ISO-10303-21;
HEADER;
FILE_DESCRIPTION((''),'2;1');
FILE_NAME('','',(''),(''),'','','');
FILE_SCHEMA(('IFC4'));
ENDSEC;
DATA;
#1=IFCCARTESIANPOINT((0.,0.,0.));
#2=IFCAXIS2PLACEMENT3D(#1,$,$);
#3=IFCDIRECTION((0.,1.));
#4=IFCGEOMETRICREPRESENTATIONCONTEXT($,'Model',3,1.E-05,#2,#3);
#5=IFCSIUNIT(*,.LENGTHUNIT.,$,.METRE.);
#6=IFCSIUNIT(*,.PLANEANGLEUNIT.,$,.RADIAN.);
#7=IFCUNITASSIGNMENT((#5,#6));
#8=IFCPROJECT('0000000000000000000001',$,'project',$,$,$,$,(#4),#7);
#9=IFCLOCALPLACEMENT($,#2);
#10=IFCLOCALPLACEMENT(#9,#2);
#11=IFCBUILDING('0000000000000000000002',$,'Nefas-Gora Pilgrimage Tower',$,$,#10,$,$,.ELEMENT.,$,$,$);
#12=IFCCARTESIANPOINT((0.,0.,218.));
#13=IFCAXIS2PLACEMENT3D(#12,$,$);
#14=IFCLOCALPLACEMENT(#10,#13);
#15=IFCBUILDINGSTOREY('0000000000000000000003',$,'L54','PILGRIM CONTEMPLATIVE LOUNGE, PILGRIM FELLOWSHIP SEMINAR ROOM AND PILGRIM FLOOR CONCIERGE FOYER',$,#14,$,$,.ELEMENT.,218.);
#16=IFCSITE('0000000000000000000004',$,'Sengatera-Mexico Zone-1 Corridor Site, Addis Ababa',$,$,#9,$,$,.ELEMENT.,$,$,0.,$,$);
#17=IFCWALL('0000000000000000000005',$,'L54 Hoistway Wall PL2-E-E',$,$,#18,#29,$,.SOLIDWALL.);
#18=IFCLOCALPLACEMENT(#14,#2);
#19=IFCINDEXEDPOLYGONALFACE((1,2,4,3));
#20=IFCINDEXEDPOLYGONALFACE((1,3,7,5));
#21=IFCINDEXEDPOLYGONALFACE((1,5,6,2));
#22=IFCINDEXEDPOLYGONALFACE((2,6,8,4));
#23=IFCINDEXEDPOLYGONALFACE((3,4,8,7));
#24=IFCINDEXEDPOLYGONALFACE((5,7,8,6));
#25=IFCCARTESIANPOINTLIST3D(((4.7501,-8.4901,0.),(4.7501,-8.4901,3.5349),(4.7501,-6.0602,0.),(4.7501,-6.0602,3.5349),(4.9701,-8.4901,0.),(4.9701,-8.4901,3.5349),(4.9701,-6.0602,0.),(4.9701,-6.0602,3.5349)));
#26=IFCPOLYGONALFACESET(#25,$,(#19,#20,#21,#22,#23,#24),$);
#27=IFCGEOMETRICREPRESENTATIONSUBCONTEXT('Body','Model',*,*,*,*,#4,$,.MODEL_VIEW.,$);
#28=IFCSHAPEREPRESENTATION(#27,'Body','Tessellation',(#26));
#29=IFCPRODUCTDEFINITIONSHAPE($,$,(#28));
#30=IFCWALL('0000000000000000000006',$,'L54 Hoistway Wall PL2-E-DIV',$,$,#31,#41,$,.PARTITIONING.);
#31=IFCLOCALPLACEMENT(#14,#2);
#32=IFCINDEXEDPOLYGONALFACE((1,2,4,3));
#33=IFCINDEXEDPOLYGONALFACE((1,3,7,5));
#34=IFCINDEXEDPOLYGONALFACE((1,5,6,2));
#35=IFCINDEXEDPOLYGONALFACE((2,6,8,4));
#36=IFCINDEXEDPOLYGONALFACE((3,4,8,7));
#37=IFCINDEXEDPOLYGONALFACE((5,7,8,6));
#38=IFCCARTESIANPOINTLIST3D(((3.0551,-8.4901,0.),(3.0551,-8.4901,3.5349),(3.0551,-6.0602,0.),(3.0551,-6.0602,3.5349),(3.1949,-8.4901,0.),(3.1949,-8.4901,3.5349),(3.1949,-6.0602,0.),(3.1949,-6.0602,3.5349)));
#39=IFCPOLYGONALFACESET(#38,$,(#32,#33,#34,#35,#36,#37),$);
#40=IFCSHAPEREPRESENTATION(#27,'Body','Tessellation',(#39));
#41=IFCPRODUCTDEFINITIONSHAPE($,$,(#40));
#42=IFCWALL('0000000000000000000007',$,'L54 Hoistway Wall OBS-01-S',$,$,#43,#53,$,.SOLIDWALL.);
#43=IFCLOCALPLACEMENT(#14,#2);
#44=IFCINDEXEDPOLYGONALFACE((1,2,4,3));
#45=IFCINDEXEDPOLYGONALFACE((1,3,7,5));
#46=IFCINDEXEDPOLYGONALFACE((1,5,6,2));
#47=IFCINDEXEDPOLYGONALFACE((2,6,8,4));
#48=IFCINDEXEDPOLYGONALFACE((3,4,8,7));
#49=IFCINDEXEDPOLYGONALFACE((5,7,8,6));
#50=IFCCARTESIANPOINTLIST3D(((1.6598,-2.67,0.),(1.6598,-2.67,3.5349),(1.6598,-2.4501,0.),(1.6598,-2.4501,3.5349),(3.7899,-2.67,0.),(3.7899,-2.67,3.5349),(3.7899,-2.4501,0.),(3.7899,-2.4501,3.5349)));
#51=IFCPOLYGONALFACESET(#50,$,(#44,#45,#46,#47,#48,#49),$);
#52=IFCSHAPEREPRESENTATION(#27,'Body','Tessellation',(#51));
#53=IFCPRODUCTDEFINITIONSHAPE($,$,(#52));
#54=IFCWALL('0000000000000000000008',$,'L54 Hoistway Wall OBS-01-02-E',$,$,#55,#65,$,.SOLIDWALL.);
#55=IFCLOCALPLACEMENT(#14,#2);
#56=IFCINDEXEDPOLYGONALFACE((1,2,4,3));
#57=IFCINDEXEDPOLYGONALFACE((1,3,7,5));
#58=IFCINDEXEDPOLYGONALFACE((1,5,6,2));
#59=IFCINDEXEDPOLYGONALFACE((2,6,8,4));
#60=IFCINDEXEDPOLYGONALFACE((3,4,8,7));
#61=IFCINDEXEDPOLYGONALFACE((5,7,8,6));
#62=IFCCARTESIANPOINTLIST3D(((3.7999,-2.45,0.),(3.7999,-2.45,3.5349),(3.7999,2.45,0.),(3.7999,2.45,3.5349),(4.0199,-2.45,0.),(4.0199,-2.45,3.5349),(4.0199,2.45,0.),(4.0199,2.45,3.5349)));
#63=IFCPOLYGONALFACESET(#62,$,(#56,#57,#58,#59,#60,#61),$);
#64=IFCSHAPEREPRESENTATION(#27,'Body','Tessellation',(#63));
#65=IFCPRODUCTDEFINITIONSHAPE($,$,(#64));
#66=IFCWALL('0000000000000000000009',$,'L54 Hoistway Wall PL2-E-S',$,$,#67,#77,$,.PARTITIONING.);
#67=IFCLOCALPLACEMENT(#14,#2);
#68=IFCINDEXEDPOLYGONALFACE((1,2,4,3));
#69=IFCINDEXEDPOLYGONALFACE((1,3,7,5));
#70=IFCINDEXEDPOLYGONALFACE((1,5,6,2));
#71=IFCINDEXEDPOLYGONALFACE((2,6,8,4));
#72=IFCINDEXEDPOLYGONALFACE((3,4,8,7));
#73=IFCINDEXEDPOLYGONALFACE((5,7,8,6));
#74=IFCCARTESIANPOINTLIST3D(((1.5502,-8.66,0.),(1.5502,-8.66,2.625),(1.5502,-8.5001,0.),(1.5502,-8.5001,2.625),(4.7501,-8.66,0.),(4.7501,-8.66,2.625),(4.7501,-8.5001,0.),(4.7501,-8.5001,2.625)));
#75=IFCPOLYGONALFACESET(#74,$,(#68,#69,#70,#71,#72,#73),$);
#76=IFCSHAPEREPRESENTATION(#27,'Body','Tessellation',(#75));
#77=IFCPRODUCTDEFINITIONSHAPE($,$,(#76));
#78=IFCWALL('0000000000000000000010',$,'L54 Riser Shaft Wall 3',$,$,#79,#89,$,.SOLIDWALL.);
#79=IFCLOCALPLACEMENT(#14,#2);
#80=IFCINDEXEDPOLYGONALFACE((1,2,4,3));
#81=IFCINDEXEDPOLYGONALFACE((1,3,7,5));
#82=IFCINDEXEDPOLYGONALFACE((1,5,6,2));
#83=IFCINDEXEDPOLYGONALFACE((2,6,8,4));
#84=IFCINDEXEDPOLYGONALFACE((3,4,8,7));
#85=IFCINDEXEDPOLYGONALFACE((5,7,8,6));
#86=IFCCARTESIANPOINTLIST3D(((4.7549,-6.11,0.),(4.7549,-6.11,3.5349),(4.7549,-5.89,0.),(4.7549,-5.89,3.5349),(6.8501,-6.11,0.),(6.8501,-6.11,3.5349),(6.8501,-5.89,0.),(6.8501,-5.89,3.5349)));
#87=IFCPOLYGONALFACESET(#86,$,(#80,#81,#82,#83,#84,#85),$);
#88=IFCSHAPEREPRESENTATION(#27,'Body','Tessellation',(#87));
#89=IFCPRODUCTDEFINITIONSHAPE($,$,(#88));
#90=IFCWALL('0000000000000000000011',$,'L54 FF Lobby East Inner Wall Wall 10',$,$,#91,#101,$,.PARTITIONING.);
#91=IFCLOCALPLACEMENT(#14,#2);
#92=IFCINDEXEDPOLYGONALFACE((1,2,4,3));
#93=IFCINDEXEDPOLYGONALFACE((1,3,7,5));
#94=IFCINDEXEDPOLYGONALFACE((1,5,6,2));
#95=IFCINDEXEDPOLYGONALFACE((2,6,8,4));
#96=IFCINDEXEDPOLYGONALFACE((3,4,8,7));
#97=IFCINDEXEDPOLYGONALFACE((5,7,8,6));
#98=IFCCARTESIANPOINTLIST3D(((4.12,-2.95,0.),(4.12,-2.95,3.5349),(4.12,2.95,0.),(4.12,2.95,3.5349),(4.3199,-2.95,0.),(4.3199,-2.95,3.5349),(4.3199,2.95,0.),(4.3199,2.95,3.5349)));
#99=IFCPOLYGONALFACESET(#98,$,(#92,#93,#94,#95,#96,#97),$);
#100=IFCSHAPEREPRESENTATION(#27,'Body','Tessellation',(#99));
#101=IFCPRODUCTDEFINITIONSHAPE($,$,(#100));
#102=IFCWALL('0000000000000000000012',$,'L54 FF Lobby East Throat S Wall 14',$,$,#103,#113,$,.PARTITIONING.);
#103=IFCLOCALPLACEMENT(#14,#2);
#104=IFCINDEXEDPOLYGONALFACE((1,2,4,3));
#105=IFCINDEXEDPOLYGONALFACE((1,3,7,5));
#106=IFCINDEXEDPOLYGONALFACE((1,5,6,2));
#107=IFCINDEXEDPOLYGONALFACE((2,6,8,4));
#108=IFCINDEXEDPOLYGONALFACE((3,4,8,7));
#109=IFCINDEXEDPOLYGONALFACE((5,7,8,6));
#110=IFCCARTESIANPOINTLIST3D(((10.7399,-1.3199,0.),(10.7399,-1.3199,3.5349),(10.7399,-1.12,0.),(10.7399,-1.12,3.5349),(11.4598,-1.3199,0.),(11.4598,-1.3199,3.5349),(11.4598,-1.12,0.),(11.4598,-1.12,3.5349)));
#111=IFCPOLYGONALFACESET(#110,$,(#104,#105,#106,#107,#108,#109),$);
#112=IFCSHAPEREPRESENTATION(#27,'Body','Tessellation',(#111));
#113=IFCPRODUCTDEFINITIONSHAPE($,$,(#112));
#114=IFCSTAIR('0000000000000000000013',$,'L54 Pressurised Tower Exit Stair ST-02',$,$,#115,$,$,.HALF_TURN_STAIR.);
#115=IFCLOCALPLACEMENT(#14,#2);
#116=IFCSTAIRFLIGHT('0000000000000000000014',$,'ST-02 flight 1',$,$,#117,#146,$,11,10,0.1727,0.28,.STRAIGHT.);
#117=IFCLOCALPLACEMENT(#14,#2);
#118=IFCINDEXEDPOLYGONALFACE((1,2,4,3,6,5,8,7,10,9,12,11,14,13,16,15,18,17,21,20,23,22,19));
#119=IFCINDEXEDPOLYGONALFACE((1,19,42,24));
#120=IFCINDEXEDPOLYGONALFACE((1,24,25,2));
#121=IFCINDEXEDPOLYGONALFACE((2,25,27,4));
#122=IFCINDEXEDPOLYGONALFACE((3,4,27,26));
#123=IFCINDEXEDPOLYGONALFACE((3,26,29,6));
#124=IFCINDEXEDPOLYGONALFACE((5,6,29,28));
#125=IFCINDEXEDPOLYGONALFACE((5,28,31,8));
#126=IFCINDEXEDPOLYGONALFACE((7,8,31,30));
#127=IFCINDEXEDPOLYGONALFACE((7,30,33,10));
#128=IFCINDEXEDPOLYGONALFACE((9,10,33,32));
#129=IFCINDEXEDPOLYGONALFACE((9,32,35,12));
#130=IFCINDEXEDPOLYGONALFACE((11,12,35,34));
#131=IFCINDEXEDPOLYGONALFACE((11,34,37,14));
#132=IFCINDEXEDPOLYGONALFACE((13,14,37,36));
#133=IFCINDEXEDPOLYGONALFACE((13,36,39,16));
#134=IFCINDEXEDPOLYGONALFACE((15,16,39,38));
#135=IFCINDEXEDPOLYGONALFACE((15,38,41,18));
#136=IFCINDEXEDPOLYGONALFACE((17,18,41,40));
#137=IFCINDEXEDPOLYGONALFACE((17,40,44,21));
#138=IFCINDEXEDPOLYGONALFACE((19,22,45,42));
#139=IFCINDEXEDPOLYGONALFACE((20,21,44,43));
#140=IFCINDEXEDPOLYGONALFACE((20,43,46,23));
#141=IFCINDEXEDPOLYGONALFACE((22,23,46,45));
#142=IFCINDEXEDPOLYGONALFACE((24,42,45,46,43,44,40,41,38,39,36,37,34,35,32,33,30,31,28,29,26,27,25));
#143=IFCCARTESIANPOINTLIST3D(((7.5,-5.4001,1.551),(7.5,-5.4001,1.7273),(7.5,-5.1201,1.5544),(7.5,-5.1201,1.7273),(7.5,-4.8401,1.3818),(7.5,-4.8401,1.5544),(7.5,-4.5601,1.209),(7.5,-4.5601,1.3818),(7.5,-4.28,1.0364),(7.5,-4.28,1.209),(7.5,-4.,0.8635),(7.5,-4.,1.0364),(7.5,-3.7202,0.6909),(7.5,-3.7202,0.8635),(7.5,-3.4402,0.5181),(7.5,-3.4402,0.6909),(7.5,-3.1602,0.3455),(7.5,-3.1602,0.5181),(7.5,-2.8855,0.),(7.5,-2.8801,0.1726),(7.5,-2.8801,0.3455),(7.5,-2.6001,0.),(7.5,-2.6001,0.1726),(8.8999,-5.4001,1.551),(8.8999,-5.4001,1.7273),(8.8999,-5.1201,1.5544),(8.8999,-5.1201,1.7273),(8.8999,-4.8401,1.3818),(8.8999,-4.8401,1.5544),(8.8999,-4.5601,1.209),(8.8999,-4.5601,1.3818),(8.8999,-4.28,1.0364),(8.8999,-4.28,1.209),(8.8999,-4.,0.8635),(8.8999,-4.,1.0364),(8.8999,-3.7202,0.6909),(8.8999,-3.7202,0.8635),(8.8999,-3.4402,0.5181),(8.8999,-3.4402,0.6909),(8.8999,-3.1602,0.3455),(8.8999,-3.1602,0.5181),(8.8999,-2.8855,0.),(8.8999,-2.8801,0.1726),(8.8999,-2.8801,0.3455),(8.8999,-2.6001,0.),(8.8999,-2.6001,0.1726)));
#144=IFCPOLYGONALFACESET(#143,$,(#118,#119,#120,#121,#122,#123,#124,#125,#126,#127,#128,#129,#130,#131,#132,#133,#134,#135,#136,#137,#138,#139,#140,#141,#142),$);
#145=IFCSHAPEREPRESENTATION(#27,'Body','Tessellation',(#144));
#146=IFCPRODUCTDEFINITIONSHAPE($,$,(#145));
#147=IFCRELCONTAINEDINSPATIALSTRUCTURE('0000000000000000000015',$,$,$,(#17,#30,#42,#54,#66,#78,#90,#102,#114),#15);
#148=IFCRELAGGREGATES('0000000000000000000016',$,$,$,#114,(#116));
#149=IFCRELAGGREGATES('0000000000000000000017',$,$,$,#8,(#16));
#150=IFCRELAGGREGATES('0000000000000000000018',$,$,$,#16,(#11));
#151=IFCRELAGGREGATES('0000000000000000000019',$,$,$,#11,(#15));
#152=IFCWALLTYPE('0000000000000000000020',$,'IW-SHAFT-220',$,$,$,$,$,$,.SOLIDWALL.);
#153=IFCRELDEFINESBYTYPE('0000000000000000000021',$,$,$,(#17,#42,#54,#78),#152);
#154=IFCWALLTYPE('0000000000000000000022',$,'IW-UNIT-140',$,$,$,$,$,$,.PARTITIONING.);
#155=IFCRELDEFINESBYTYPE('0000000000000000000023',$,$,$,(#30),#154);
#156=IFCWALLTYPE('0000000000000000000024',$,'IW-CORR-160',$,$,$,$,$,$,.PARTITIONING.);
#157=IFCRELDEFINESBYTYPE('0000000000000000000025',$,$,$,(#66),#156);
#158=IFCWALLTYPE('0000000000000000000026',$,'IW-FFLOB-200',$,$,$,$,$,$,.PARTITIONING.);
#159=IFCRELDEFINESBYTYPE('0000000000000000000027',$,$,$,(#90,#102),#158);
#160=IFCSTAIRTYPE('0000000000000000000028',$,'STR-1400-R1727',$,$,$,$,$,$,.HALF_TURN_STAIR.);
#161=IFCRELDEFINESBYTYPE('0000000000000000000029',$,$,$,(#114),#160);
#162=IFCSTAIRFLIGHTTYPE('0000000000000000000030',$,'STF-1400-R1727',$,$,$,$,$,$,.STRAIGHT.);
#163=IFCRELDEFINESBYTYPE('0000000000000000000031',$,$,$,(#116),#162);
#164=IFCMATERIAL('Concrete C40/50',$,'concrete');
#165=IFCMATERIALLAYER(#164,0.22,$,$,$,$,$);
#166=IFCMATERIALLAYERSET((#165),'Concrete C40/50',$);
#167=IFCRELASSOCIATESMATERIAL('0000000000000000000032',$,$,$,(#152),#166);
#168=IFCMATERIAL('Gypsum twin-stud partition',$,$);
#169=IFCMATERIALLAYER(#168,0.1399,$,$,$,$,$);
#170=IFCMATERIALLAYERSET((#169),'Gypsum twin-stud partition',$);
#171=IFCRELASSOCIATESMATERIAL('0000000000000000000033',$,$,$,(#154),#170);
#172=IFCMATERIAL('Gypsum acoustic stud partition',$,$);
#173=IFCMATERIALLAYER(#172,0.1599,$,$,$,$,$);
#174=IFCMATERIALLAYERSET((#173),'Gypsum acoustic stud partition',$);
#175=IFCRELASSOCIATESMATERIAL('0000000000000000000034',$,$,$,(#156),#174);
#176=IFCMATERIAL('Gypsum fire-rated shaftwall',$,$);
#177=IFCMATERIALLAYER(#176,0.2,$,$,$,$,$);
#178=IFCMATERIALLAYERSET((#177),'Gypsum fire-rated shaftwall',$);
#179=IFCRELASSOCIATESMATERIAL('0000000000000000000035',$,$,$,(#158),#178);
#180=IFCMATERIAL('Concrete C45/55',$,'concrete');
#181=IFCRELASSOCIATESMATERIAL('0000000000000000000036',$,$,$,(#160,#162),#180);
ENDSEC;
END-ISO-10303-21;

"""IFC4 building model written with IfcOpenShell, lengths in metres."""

from ifc_helpers import new_model, si_unit, direction, frame, frame_2d, origin, place, context, subcontext, project, spatial, polyline, rectangle, outline, extrude, source, transform, mapped, material, layer, layer_set, type_object, element, aggregate, save


model = new_model("IFC4")

# Units and contexts
model_context = context("Model", 3, precision=1e-05, world=origin(), true_north=direction((0.0, 1.0)))
body_context = subcontext(model_context, "Body", "Model", "MODEL_VIEW")
ifc_project = project(units=[si_unit("LENGTHUNIT", "METRE"), si_unit("PLANEANGLEUNIT", "RADIAN")], contexts=[model_context])

# Site, building, storey
site_placement = place(None, origin())
site = spatial("IfcSite", under=ifc_project, at=site_placement, Name="Sengatera-Mexico Zone-1 Corridor Site, Addis Ababa", CompositionType="ELEMENT", RefElevation=0.0)
building_placement = place(site_placement, origin())
building = spatial("IfcBuilding", under=site, at=building_placement, Name="Nefas-Gora Pilgrimage Tower", CompositionType="ELEMENT")
storey_placement = place(building_placement, frame((0.0, 0.0, 218.0)))
storey = spatial("IfcBuildingStorey", under=building, at=storey_placement, Name="L54", Description="PILGRIM CONTEMPLATIVE LOUNGE, PILGRIM FELLOWSHIP SEMINAR ROOM AND PILGRIM FLOOR CONCIERGE FOYER", CompositionType="ELEMENT", Elevation=218.0)

# Shared definitions
ifc_material_1 = material(Name="Concrete C40/50", Category="concrete")

# Shared definitions
ifc_material_2 = material(Name="Concrete C45/55", Category="concrete")

# Shared definitions
ifc_layer_1 = layer(ifc_material_1, 0.22)
ifc_layer_set_1 = layer_set([ifc_layer_1], Name="Concrete C40/50")
wall_type_1 = type_object("IfcWallType", Name="IW-SHAFT-220", PredefinedType="SOLIDWALL", material=ifc_layer_set_1)

# Walls
shared_shape_1 = source(origin(), body_context, "Body", "SweptSolid", [
    extrude(rectangle(XDim=2.4299, YDim=0.22, at=frame_2d((1.2148, 0.0))), origin(), (0.0, 0.0, 1.0), 3.5349),
])
for number, where, z_axis, x_axis, name in (
    (1, (4.8601, -8.49, 0.0), (0.0, 0.0, 1.0), (0.0, 1.0, 0.0), "L54 Hoistway Wall PL2-E-E"),
):
    element("IfcWall", number, at=place(storey_placement, frame(where, z_axis=z_axis, x_axis=x_axis)), inside=storey, type_object=wall_type_1, Name=name, PredefinedType="SOLIDWALL", context=body_context, shape_type="MappedRepresentation", body=[
        mapped(shared_shape_1, transform((0.0, 0.0, 0.0), x_axis=(1.0, 0.0, 0.0), y_axis=(0.0, 1.0, 0.0), z_axis=(0.0, 0.0, 1.0), scale=1.0)),
    ])
ifc_material_3 = material(Name="Gypsum twin-stud partition")
ifc_layer_2 = layer(ifc_material_3, 0.1399)
ifc_layer_set_2 = layer_set([ifc_layer_2], Name="Gypsum twin-stud partition")
wall_type_2 = type_object("IfcWallType", Name="IW-UNIT-140", PredefinedType="PARTITIONING", material=ifc_layer_set_2)
shared_shape_2 = source(origin(), body_context, "Body", "SweptSolid", [
    extrude(rectangle(XDim=2.4299, YDim=0.1399, at=frame_2d((1.2148, 0.0))), origin(), (0.0, 0.0, 1.0), 3.5349),
])
wall_1_placement = place(storey_placement, frame((3.125, -8.49, 0.0), z_axis=(0.0, 0.0, 1.0), x_axis=(0.0, 1.0, 0.0)))
element("IfcWall", 2, at=wall_1_placement, inside=storey, type_object=wall_type_2, Name="L54 Hoistway Wall PL2-E-DIV", PredefinedType="PARTITIONING", context=body_context, shape_type="MappedRepresentation", body=[
    mapped(shared_shape_2, transform((0.0, 0.0, 0.0), x_axis=(1.0, 0.0, 0.0), y_axis=(0.0, 1.0, 0.0), z_axis=(0.0, 0.0, 1.0), scale=1.0)),
])
shared_shape_3 = source(origin(), body_context, "Body", "SweptSolid", [
    extrude(rectangle(XDim=2.1301, YDim=0.22, at=frame_2d((1.0649, 0.0))), origin(), (0.0, 0.0, 1.0), 3.5349),
])
wall_2_placement = place(storey_placement, frame((1.6599, -2.5601, 0.0), z_axis=(0.0, 0.0, 1.0), x_axis=(1.0, 0.0, 0.0)))
element("IfcWall", 3, at=wall_2_placement, inside=storey, type_object=wall_type_1, Name="L54 Hoistway Wall OBS-01-S", PredefinedType="SOLIDWALL", context=body_context, shape_type="MappedRepresentation", body=[
    mapped(shared_shape_3, transform((0.0, 0.0, 0.0), x_axis=(1.0, 0.0, 0.0), y_axis=(0.0, 1.0, 0.0), z_axis=(0.0, 0.0, 1.0), scale=1.0)),
])
shared_shape_4 = source(origin(), body_context, "Body", "SweptSolid", [
    extrude(rectangle(XDim=4.8999, YDim=0.22, at=frame_2d((2.45, 0.0))), origin(), (0.0, 0.0, 1.0), 3.5349),
])
wall_3_placement = place(storey_placement, frame((3.9099, -2.45, 0.0), z_axis=(0.0, 0.0, 1.0), x_axis=(0.0, 1.0, 0.0)))
element("IfcWall", 4, at=wall_3_placement, inside=storey, type_object=wall_type_1, Name="L54 Hoistway Wall OBS-01-02-E", PredefinedType="SOLIDWALL", context=body_context, shape_type="MappedRepresentation", body=[
    mapped(shared_shape_4, transform((0.0, 0.0, 0.0), x_axis=(1.0, 0.0, 0.0), y_axis=(0.0, 1.0, 0.0), z_axis=(0.0, 0.0, 1.0), scale=1.0)),
])
ifc_material_4 = material(Name="Gypsum acoustic stud partition")
ifc_layer_3 = layer(ifc_material_4, 0.1599)
ifc_layer_set_3 = layer_set([ifc_layer_3], Name="Gypsum acoustic stud partition")
wall_type_3 = type_object("IfcWallType", Name="IW-CORR-160", PredefinedType="PARTITIONING", material=ifc_layer_set_3)
shared_shape_5 = source(origin(), body_context, "Body", "SweptSolid", [
    extrude(rectangle(XDim=3.2, YDim=0.1599, at=frame_2d((1.6001, 0.0))), origin(), (0.0, 0.0, 1.0), 2.625),
])
wall_4_placement = place(storey_placement, frame((1.55, -8.5801, 0.0), z_axis=(0.0, 0.0, 1.0), x_axis=(1.0, 0.0, 0.0)))
element("IfcWall", 5, at=wall_4_placement, inside=storey, type_object=wall_type_3, Name="L54 Hoistway Wall PL2-E-S", PredefinedType="PARTITIONING", context=body_context, shape_type="MappedRepresentation", body=[
    mapped(shared_shape_5, transform((0.0, 0.0, 0.0), x_axis=(1.0, 0.0, 0.0), y_axis=(0.0, 1.0, 0.0), z_axis=(0.0, 0.0, 1.0), scale=1.0)),
])
shared_shape_6 = source(origin(), body_context, "Body", "SweptSolid", [
    extrude(rectangle(XDim=2.0952, YDim=0.22, at=frame_2d((1.0476, 0.0))), origin(), (0.0, 0.0, 1.0), 3.5349),
])
wall_5_placement = place(storey_placement, frame((4.7549, -6.0, 0.0), z_axis=(0.0, 0.0, 1.0), x_axis=(1.0, 0.0, 0.0)))
element("IfcWall", 6, at=wall_5_placement, inside=storey, type_object=wall_type_1, Name="L54 Riser Shaft Wall 3", PredefinedType="SOLIDWALL", context=body_context, shape_type="MappedRepresentation", body=[
    mapped(shared_shape_6, transform((0.0, 0.0, 0.0), x_axis=(1.0, 0.0, 0.0), y_axis=(0.0, 1.0, 0.0), z_axis=(0.0, 0.0, 1.0), scale=1.0)),
])
ifc_material_5 = material(Name="Gypsum fire-rated shaftwall")
ifc_layer_4 = layer(ifc_material_5, 0.2)
ifc_layer_set_4 = layer_set([ifc_layer_4], Name="Gypsum fire-rated shaftwall")
wall_type_4 = type_object("IfcWallType", Name="IW-FFLOB-200", PredefinedType="PARTITIONING", material=ifc_layer_set_4)
shared_shape_7 = source(origin(), body_context, "Body", "SweptSolid", [
    extrude(rectangle(XDim=5.8999, YDim=0.2, at=frame_2d((2.95, 0.0))), origin(), (0.0, 0.0, 1.0), 3.5349),
])
wall_6_placement = place(storey_placement, frame((4.22, -2.95, 0.0), z_axis=(0.0, 0.0, 1.0), x_axis=(0.0, 1.0, 0.0)))
element("IfcWall", 7, at=wall_6_placement, inside=storey, type_object=wall_type_4, Name="L54 FF Lobby East Inner Wall Wall 10", PredefinedType="PARTITIONING", context=body_context, shape_type="MappedRepresentation", body=[
    mapped(shared_shape_7, transform((0.0, 0.0, 0.0), x_axis=(1.0, 0.0, 0.0), y_axis=(0.0, 1.0, 0.0), z_axis=(0.0, 0.0, 1.0), scale=1.0)),
])
shared_shape_8 = source(origin(), body_context, "Body", "SweptSolid", [
    extrude(rectangle(XDim=0.72, YDim=0.2, at=frame_2d((0.3599, 0.0))), origin(), (0.0, 0.0, 1.0), 3.5349),
])
wall_7_placement = place(storey_placement, frame((10.74, -1.22, 0.0), z_axis=(0.0, 0.0, 1.0), x_axis=(1.0, 0.0, 0.0)))
element("IfcWall", 8, at=wall_7_placement, inside=storey, type_object=wall_type_4, Name="L54 FF Lobby East Throat S Wall 14", PredefinedType="PARTITIONING", context=body_context, shape_type="MappedRepresentation", body=[
    mapped(shared_shape_8, transform((0.0, 0.0, 0.0), x_axis=(1.0, 0.0, 0.0), y_axis=(0.0, 1.0, 0.0), z_axis=(0.0, 0.0, 1.0), scale=1.0)),
])

# Stair, stair flight
stair_type = type_object("IfcStairType", Name="STR-1400-R1727", PredefinedType="HALF_TURN_STAIR", material=ifc_material_2)
stair_placement = place(storey_placement, origin())
stair = element("IfcStair", 9, at=stair_placement, inside=storey, type_object=stair_type, Name="L54 Pressurised Tower Exit Stair ST-02", PredefinedType="HALF_TURN_STAIR")
stair_flight_type = type_object("IfcStairFlightType", Name="STF-1400-R1727", PredefinedType="STRAIGHT", material=ifc_material_2)
shared_shape_9 = source(origin(), body_context, "Body", "SweptSolid", [
    extrude(outline(polyline([(0.0, 0.0), (0.0, 0.1726), (0.28, 0.1726), (0.28, 0.3455), (0.5601, 0.3455), (0.5601, 0.5181), (0.8401, 0.5181), (0.8401, 0.6909), (1.1201, 0.6909), (1.1201, 0.8635), (1.3999, 0.8635), (1.3999, 1.0364), (1.6799, 1.0364), (1.6799, 1.209), (1.96, 1.209), (1.96, 1.3818), (2.24, 1.3818), (2.24, 1.5544), (2.52, 1.5544), (2.52, 1.7273), (2.8, 1.7273), (2.8, 1.8999), (2.8, 1.551), (0.2854, 0.0), (0.0, 0.0)])), frame((0.0, 0.7, 0.0), z_axis=(0.0, -1.0, 0.0), x_axis=(1.0, 0.0, 0.0)), (0.0, 0.0, 1.0), 1.3999),
])
stair_flight_1_placement = place(storey_placement, frame((8.2, -2.6001, 0.0), z_axis=(0.0, 0.0, 1.0), x_axis=(0.0, -1.0, 0.0)))
stair_flight_1 = element("IfcStairFlight", 10, at=stair_flight_1_placement, type_object=stair_flight_type, Name="ST-02 flight 1", NumberOfRisers=11, NumberOfTreads=10, PredefinedType="STRAIGHT", RiserHeight=0.1727, TreadLength=0.28, context=body_context, shape_type="MappedRepresentation", body=[
    mapped(shared_shape_9, transform((0.0, 0.0, 0.0), x_axis=(1.0, 0.0, 0.0), y_axis=(0.0, 1.0, 0.0), z_axis=(0.0, 0.0, 1.0), scale=1.0)),
])
aggregate(stair, [stair_flight_1])

save(model, "model.ifc")
